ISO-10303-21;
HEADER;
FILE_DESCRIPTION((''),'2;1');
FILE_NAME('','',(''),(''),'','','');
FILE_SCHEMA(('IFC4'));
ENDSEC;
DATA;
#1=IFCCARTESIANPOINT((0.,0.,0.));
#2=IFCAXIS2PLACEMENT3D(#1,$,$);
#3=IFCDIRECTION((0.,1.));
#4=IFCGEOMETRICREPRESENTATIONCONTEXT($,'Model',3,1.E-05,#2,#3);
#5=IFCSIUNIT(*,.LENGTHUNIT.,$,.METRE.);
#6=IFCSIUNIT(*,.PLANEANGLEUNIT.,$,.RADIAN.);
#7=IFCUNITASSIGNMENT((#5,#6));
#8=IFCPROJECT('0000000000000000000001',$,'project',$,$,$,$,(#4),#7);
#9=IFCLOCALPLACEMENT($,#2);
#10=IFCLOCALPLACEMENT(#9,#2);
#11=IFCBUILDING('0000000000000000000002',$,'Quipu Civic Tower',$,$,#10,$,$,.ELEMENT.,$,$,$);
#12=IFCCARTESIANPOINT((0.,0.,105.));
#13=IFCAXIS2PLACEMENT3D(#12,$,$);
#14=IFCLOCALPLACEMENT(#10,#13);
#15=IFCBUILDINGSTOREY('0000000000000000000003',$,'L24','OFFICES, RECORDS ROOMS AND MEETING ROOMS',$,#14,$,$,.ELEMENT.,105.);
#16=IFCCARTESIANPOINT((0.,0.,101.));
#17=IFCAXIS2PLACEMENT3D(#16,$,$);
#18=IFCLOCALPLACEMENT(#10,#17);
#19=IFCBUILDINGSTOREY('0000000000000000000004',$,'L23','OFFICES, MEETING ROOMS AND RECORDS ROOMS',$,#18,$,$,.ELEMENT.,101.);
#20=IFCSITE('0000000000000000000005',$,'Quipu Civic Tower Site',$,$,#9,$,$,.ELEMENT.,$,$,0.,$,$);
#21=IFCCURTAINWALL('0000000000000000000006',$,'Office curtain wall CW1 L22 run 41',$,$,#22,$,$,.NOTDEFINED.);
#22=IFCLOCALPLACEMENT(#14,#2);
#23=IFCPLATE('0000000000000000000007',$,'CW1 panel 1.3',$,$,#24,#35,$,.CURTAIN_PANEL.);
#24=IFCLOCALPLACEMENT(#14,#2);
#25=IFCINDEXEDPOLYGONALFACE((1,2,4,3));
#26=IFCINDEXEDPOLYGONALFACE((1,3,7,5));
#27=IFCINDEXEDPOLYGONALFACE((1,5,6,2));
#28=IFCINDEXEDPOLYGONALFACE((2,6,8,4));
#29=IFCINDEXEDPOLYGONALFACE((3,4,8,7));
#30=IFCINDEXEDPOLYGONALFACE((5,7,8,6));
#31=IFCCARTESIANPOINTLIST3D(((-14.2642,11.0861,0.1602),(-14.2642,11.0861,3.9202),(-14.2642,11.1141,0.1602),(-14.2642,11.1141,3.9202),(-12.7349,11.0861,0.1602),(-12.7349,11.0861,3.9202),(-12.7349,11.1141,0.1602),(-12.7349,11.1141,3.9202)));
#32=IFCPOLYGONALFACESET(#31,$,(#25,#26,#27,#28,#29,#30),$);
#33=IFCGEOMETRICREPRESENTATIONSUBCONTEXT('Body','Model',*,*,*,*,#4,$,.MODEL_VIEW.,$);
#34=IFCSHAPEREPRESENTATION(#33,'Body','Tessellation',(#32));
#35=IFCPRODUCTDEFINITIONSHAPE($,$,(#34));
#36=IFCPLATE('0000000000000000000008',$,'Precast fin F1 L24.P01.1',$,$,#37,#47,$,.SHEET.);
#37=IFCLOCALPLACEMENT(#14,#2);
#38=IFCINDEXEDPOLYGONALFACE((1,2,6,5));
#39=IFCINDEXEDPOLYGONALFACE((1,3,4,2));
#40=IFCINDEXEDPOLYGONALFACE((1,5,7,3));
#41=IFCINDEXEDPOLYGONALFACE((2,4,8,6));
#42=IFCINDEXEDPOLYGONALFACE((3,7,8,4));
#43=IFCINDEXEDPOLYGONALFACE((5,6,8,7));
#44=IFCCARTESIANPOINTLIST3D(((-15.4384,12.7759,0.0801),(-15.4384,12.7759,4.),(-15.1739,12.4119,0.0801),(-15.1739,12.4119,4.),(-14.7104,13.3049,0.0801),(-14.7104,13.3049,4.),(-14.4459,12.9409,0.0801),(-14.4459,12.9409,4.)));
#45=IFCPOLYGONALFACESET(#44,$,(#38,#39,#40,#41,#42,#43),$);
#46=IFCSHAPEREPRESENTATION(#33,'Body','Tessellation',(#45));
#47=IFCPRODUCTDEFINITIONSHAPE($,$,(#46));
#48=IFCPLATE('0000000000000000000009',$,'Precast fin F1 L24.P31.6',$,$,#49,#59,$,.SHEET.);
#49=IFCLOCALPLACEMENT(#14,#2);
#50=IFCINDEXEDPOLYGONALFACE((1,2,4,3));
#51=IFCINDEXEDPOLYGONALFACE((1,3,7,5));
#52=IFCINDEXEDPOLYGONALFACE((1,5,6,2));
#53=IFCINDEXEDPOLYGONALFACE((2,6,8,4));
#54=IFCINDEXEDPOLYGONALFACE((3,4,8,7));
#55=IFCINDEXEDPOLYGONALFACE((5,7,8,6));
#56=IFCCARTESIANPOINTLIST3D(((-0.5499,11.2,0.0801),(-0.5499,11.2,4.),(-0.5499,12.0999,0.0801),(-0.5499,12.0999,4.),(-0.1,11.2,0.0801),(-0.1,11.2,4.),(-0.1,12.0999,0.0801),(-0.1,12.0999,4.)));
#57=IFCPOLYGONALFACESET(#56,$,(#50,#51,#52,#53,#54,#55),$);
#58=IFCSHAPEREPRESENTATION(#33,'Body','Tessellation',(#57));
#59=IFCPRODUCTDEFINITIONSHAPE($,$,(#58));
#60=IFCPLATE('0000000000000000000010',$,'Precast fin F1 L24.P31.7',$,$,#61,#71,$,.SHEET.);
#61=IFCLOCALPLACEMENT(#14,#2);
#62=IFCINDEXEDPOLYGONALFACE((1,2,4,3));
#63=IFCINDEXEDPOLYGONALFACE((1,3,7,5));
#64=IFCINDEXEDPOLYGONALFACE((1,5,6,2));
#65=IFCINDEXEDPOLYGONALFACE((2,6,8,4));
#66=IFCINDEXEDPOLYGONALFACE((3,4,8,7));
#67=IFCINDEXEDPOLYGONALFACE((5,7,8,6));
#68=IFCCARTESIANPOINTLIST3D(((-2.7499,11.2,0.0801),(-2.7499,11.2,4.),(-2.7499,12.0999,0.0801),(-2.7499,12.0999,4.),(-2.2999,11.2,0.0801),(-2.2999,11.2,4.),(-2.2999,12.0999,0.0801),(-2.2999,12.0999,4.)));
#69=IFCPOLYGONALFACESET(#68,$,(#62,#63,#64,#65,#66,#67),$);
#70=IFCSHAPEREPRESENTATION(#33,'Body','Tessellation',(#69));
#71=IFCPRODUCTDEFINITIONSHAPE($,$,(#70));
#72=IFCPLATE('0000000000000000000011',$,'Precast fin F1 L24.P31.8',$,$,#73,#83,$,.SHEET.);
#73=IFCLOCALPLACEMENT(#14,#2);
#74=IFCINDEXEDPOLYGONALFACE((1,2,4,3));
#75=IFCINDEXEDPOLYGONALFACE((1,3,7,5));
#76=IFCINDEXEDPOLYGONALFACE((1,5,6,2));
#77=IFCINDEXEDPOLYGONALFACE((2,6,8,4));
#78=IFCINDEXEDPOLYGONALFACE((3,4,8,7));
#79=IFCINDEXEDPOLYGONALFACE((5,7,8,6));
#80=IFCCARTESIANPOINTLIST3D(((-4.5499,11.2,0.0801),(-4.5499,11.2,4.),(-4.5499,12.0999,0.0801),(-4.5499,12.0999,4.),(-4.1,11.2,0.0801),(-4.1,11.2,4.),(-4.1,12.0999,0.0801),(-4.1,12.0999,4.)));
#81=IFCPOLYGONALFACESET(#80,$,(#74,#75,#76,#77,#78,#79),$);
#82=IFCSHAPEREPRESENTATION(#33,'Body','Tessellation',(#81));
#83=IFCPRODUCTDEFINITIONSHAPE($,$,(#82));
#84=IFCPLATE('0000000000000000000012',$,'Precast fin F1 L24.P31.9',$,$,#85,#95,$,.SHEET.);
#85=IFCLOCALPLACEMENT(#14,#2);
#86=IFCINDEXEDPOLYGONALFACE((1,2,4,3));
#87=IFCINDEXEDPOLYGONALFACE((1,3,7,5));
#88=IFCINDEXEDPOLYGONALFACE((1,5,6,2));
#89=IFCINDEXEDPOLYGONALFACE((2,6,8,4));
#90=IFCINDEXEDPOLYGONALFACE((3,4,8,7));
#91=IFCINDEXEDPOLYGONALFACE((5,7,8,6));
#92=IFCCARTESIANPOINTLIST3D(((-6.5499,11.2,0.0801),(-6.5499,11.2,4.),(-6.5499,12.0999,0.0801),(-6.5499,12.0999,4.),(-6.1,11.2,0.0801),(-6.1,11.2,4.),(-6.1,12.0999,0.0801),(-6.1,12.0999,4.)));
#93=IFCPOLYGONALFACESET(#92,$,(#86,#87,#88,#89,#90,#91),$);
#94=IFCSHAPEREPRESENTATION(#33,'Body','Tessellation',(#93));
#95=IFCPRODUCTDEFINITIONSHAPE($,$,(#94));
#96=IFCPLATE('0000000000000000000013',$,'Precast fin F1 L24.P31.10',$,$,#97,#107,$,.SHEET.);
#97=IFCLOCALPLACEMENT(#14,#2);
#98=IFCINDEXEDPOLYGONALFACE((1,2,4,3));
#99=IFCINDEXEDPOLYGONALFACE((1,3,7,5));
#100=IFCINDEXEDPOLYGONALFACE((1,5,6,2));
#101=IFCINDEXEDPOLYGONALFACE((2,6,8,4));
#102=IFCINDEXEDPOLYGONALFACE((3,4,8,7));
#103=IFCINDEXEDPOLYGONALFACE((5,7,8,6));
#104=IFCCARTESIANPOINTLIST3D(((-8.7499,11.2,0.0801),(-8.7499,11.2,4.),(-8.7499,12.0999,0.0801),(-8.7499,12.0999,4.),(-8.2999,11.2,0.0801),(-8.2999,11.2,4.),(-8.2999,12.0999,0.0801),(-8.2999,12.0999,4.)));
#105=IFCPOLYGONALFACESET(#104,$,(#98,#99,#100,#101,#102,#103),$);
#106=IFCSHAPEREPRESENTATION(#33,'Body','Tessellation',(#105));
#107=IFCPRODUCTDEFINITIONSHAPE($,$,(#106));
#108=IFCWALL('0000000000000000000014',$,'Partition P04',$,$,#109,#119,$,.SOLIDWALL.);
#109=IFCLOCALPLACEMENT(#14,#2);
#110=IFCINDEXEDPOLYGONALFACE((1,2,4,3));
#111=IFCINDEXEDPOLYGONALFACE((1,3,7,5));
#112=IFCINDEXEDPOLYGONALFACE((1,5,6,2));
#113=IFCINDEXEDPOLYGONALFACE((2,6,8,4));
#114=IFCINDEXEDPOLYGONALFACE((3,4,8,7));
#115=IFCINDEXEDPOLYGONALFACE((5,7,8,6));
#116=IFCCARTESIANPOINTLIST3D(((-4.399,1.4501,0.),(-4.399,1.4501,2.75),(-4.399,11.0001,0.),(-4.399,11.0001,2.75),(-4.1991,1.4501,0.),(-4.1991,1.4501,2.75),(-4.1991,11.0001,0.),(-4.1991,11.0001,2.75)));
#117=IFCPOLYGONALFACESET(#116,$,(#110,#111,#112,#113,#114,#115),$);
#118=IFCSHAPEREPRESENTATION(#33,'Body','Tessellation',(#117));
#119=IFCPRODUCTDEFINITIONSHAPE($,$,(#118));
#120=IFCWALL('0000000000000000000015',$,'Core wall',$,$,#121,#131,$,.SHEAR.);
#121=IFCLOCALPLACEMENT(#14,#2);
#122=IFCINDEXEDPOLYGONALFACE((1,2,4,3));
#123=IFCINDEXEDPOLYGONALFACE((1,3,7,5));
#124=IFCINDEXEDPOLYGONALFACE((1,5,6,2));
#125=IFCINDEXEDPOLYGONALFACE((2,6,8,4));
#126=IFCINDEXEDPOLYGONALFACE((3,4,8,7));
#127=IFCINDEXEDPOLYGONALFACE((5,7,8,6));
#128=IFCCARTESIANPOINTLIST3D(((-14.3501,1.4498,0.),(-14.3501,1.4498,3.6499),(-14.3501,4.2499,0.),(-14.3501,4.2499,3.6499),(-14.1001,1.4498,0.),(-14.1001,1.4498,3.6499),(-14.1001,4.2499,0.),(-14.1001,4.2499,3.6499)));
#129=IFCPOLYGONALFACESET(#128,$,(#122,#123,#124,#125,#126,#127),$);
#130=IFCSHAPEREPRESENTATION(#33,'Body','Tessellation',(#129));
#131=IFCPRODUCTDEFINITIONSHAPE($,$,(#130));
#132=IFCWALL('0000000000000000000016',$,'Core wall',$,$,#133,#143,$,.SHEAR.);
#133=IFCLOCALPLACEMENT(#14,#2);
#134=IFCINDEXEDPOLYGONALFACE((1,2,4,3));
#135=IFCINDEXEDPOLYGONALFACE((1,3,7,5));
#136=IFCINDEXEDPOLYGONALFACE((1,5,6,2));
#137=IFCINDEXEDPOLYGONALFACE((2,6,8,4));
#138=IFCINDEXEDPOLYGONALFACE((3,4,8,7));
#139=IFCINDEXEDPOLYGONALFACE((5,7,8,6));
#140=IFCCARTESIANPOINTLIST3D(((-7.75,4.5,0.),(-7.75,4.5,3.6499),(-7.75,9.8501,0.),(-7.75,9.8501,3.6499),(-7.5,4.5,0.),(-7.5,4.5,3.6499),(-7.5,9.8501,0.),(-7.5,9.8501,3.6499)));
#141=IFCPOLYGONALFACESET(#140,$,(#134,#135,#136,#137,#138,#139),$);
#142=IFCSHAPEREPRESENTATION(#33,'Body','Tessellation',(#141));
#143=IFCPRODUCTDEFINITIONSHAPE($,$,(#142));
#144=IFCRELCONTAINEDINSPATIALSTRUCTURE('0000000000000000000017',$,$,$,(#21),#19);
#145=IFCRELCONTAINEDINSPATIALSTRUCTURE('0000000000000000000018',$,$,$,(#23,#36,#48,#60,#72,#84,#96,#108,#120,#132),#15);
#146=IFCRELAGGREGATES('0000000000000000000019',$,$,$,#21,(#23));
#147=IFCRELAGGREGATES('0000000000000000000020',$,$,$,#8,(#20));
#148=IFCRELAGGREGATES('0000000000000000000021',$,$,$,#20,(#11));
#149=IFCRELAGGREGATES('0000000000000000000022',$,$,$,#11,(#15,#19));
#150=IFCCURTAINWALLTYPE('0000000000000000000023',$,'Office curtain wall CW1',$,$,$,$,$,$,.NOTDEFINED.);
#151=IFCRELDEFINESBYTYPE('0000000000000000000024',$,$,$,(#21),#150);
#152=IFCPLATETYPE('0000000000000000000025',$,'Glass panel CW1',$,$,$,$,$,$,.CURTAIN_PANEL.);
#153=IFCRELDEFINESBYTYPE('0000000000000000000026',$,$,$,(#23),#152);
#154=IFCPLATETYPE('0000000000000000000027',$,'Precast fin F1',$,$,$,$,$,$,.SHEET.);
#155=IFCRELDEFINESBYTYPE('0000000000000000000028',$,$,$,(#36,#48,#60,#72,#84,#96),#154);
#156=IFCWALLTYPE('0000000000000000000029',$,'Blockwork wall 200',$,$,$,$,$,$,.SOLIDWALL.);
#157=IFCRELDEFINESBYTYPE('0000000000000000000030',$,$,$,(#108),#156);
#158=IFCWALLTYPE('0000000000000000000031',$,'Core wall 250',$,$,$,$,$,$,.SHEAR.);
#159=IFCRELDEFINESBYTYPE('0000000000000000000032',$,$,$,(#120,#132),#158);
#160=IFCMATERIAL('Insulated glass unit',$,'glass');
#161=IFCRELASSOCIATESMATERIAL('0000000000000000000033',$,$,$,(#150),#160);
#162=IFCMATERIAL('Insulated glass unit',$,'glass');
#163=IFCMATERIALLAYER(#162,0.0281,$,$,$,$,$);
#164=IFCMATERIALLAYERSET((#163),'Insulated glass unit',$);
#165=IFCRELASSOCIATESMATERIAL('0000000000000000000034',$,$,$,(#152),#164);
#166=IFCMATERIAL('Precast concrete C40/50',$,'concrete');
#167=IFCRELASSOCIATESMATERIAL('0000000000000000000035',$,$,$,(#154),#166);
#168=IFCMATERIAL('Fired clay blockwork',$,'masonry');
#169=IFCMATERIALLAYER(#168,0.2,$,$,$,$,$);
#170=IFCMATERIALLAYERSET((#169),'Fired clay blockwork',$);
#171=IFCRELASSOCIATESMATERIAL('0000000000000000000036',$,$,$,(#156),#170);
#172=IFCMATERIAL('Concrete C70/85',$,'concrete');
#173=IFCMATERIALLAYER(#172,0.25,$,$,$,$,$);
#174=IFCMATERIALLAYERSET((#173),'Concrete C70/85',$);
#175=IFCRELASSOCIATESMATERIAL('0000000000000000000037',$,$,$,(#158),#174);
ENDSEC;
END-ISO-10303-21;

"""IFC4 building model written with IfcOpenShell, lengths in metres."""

from ifc_helpers import new_model, si_unit, direction, frame, frame_2d, origin, origin_2d, place, context, subcontext, project, spatial, rectangle, extrude, material, layer, layer_set, type_object, element, aggregate, save


model = new_model("IFC4")

# Units and contexts
model_context = context("Model", 3, precision=1e-05, world=origin(), true_north=direction((0.0, 1.0)))
body_context = subcontext(model_context, "Body", "Model", "MODEL_VIEW")
ifc_project = project(units=[si_unit("LENGTHUNIT", "METRE"), si_unit("PLANEANGLEUNIT", "RADIAN")], contexts=[model_context])

# Site, building, storey
site_placement = place(None, origin())
site = spatial("IfcSite", under=ifc_project, at=site_placement, Name="Quipu Civic Tower Site", CompositionType="ELEMENT", RefElevation=0.0)
building_placement = place(site_placement, origin())
building = spatial("IfcBuilding", under=site, at=building_placement, Name="Quipu Civic Tower", CompositionType="ELEMENT")
storey_1_placement = place(building_placement, frame((0.0, 0.0, 105.0)))
storey_1 = spatial("IfcBuildingStorey", under=building, at=storey_1_placement, Name="L24", Description="OFFICES, RECORDS ROOMS AND MEETING ROOMS", CompositionType="ELEMENT", Elevation=105.0)

# Shared definitions
storey_2_placement = place(building_placement, frame((0.0, 0.0, 101.0)))
storey_2 = spatial("IfcBuildingStorey", under=building, at=storey_2_placement, Name="L23", Description="OFFICES, MEETING ROOMS AND RECORDS ROOMS", CompositionType="ELEMENT", Elevation=101.0)

# Curtain wall
ifc_material_1 = material(Name="Insulated glass unit", Category="glass")
curtain_wall_type = type_object("IfcCurtainWallType", Name="Office curtain wall CW1", PredefinedType="NOTDEFINED", material=ifc_material_1)
curtain_wall_1_placement = place(storey_2_placement, origin())
curtain_wall_1 = element("IfcCurtainWall", 1, at=curtain_wall_1_placement, inside=storey_2, type_object=curtain_wall_type, Name="Office curtain wall CW1 L22 run 41", PredefinedType="NOTDEFINED")

# Plate
ifc_material_2 = material(Name="Insulated glass unit", Category="glass")
ifc_layer_1 = layer(ifc_material_2, 0.0281)
ifc_layer_set_1 = layer_set([ifc_layer_1], Name="Insulated glass unit")
plate_type_1 = type_object("IfcPlateType", Name="Glass panel CW1", PredefinedType="CURTAIN_PANEL", material=ifc_layer_set_1)
plate_1_placement = place(storey_1_placement, frame((-13.4995, 11.1001, 0.1602), z_axis=(0.0, 0.0, 1.0), x_axis=(-1.0, 0.0, 0.0)))
plate_1 = element("IfcPlate", 2, at=plate_1_placement, inside=storey_1, type_object=plate_type_1, Name="CW1 panel 1.3", PredefinedType="CURTAIN_PANEL", context=body_context, shape_type="SweptSolid", body=[
    extrude(rectangle(XDim=1.5293, YDim=0.0281, at=origin_2d()), origin(), (0.0, 0.0, 1.0), 3.76),
])
aggregate(curtain_wall_1, [plate_1])

# Plates
ifc_material_3 = material(Name="Precast concrete C40/50", Category="concrete")
plate_type_2 = type_object("IfcPlateType", Name="Precast fin F1", PredefinedType="SHEET", material=ifc_material_3)
for number, where, z_axis, x_axis, name in (
    (3, (-14.9421, 12.8584, 0.0801), (0.0, 0.0, 1.0), (-0.587785, 0.809017, 0.0), "Precast fin F1 L24.P01.1"),
    (4, (-0.325, 11.6499, 0.0801), (0.0, 0.0, 1.0), (-1.0, 0.0, 0.0), "Precast fin F1 L24.P31.6"),
    (5, (-2.5249, 11.6499, 0.0801), (0.0, 0.0, 1.0), (-1.0, 0.0, 0.0), "Precast fin F1 L24.P31.7"),
    (6, (-4.325, 11.6499, 0.0801), (0.0, 0.0, 1.0), (-1.0, 0.0, 0.0), "Precast fin F1 L24.P31.8"),
    (7, (-6.325, 11.6499, 0.0801), (0.0, 0.0, 1.0), (-1.0, 0.0, 0.0), "Precast fin F1 L24.P31.9"),
    (8, (-8.5249, 11.6499, 0.0801), (0.0, 0.0, 1.0), (-1.0, 0.0, 0.0), "Precast fin F1 L24.P31.10"),
):
    element("IfcPlate", number, at=place(storey_1_placement, frame(where, z_axis=z_axis, x_axis=x_axis)), inside=storey_1, type_object=plate_type_2, Name=name, PredefinedType="SHEET", context=body_context, shape_type="SweptSolid", body=[
        extrude(rectangle(XDim=0.45, YDim=0.8999, at=origin_2d()), origin(), (0.0, 0.0, 1.0), 3.9199),
    ])

# Walls
ifc_material_4 = material(Name="Fired clay blockwork", Category="masonry")
ifc_layer_2 = layer(ifc_material_4, 0.2)
ifc_layer_set_2 = layer_set([ifc_layer_2], Name="Fired clay blockwork")
wall_type_1 = type_object("IfcWallType", Name="Blockwork wall 200", PredefinedType="SOLIDWALL", material=ifc_layer_set_2)
wall_1_placement = place(storey_1_placement, frame((-4.2991, 11.0, 0.0), z_axis=(0.0, 0.0, 1.0), x_axis=(0.0, -1.0, 0.0)))
element("IfcWall", 9, at=wall_1_placement, inside=storey_1, type_object=wall_type_1, Name="Partition P04", PredefinedType="SOLIDWALL", context=body_context, shape_type="SweptSolid", body=[
    extrude(rectangle(XDim=9.55, YDim=0.2, at=frame_2d((4.7749, 0.0))), origin(), (0.0, 0.0, 1.0), 2.75),
])
ifc_material_5 = material(Name="Concrete C70/85", Category="concrete")
ifc_layer_3 = layer(ifc_material_5, 0.25)
ifc_layer_set_3 = layer_set([ifc_layer_3], Name="Concrete C70/85")
wall_type_2 = type_object("IfcWallType", Name="Core wall 250", PredefinedType="SHEAR", material=ifc_layer_set_3)
wall_2_placement = place(storey_1_placement, frame((-14.2251, 1.45, 0.0), z_axis=(0.0, 0.0, 1.0), x_axis=(0.0, 1.0, 0.0)))
element("IfcWall", 10, at=wall_2_placement, inside=storey_1, type_object=wall_type_2, Name="Core wall", PredefinedType="SHEAR", context=body_context, shape_type="SweptSolid", body=[
    extrude(rectangle(XDim=2.8, YDim=0.25, at=frame_2d((1.3999, 0.0))), origin(), (0.0, 0.0, 1.0), 3.6499),
])
wall_3_placement = place(storey_1_placement, frame((-7.625, 4.5, 0.0), z_axis=(0.0, 0.0, 1.0), x_axis=(0.0, 1.0, 0.0)))
element("IfcWall", 11, at=wall_3_placement, inside=storey_1, type_object=wall_type_2, Name="Core wall", PredefinedType="SHEAR", context=body_context, shape_type="SweptSolid", body=[
    extrude(rectangle(XDim=5.3501, YDim=0.25, at=frame_2d((2.675, 0.0))), origin(), (0.0, 0.0, 1.0), 3.6499),
])

save(model, "model.ifc")
